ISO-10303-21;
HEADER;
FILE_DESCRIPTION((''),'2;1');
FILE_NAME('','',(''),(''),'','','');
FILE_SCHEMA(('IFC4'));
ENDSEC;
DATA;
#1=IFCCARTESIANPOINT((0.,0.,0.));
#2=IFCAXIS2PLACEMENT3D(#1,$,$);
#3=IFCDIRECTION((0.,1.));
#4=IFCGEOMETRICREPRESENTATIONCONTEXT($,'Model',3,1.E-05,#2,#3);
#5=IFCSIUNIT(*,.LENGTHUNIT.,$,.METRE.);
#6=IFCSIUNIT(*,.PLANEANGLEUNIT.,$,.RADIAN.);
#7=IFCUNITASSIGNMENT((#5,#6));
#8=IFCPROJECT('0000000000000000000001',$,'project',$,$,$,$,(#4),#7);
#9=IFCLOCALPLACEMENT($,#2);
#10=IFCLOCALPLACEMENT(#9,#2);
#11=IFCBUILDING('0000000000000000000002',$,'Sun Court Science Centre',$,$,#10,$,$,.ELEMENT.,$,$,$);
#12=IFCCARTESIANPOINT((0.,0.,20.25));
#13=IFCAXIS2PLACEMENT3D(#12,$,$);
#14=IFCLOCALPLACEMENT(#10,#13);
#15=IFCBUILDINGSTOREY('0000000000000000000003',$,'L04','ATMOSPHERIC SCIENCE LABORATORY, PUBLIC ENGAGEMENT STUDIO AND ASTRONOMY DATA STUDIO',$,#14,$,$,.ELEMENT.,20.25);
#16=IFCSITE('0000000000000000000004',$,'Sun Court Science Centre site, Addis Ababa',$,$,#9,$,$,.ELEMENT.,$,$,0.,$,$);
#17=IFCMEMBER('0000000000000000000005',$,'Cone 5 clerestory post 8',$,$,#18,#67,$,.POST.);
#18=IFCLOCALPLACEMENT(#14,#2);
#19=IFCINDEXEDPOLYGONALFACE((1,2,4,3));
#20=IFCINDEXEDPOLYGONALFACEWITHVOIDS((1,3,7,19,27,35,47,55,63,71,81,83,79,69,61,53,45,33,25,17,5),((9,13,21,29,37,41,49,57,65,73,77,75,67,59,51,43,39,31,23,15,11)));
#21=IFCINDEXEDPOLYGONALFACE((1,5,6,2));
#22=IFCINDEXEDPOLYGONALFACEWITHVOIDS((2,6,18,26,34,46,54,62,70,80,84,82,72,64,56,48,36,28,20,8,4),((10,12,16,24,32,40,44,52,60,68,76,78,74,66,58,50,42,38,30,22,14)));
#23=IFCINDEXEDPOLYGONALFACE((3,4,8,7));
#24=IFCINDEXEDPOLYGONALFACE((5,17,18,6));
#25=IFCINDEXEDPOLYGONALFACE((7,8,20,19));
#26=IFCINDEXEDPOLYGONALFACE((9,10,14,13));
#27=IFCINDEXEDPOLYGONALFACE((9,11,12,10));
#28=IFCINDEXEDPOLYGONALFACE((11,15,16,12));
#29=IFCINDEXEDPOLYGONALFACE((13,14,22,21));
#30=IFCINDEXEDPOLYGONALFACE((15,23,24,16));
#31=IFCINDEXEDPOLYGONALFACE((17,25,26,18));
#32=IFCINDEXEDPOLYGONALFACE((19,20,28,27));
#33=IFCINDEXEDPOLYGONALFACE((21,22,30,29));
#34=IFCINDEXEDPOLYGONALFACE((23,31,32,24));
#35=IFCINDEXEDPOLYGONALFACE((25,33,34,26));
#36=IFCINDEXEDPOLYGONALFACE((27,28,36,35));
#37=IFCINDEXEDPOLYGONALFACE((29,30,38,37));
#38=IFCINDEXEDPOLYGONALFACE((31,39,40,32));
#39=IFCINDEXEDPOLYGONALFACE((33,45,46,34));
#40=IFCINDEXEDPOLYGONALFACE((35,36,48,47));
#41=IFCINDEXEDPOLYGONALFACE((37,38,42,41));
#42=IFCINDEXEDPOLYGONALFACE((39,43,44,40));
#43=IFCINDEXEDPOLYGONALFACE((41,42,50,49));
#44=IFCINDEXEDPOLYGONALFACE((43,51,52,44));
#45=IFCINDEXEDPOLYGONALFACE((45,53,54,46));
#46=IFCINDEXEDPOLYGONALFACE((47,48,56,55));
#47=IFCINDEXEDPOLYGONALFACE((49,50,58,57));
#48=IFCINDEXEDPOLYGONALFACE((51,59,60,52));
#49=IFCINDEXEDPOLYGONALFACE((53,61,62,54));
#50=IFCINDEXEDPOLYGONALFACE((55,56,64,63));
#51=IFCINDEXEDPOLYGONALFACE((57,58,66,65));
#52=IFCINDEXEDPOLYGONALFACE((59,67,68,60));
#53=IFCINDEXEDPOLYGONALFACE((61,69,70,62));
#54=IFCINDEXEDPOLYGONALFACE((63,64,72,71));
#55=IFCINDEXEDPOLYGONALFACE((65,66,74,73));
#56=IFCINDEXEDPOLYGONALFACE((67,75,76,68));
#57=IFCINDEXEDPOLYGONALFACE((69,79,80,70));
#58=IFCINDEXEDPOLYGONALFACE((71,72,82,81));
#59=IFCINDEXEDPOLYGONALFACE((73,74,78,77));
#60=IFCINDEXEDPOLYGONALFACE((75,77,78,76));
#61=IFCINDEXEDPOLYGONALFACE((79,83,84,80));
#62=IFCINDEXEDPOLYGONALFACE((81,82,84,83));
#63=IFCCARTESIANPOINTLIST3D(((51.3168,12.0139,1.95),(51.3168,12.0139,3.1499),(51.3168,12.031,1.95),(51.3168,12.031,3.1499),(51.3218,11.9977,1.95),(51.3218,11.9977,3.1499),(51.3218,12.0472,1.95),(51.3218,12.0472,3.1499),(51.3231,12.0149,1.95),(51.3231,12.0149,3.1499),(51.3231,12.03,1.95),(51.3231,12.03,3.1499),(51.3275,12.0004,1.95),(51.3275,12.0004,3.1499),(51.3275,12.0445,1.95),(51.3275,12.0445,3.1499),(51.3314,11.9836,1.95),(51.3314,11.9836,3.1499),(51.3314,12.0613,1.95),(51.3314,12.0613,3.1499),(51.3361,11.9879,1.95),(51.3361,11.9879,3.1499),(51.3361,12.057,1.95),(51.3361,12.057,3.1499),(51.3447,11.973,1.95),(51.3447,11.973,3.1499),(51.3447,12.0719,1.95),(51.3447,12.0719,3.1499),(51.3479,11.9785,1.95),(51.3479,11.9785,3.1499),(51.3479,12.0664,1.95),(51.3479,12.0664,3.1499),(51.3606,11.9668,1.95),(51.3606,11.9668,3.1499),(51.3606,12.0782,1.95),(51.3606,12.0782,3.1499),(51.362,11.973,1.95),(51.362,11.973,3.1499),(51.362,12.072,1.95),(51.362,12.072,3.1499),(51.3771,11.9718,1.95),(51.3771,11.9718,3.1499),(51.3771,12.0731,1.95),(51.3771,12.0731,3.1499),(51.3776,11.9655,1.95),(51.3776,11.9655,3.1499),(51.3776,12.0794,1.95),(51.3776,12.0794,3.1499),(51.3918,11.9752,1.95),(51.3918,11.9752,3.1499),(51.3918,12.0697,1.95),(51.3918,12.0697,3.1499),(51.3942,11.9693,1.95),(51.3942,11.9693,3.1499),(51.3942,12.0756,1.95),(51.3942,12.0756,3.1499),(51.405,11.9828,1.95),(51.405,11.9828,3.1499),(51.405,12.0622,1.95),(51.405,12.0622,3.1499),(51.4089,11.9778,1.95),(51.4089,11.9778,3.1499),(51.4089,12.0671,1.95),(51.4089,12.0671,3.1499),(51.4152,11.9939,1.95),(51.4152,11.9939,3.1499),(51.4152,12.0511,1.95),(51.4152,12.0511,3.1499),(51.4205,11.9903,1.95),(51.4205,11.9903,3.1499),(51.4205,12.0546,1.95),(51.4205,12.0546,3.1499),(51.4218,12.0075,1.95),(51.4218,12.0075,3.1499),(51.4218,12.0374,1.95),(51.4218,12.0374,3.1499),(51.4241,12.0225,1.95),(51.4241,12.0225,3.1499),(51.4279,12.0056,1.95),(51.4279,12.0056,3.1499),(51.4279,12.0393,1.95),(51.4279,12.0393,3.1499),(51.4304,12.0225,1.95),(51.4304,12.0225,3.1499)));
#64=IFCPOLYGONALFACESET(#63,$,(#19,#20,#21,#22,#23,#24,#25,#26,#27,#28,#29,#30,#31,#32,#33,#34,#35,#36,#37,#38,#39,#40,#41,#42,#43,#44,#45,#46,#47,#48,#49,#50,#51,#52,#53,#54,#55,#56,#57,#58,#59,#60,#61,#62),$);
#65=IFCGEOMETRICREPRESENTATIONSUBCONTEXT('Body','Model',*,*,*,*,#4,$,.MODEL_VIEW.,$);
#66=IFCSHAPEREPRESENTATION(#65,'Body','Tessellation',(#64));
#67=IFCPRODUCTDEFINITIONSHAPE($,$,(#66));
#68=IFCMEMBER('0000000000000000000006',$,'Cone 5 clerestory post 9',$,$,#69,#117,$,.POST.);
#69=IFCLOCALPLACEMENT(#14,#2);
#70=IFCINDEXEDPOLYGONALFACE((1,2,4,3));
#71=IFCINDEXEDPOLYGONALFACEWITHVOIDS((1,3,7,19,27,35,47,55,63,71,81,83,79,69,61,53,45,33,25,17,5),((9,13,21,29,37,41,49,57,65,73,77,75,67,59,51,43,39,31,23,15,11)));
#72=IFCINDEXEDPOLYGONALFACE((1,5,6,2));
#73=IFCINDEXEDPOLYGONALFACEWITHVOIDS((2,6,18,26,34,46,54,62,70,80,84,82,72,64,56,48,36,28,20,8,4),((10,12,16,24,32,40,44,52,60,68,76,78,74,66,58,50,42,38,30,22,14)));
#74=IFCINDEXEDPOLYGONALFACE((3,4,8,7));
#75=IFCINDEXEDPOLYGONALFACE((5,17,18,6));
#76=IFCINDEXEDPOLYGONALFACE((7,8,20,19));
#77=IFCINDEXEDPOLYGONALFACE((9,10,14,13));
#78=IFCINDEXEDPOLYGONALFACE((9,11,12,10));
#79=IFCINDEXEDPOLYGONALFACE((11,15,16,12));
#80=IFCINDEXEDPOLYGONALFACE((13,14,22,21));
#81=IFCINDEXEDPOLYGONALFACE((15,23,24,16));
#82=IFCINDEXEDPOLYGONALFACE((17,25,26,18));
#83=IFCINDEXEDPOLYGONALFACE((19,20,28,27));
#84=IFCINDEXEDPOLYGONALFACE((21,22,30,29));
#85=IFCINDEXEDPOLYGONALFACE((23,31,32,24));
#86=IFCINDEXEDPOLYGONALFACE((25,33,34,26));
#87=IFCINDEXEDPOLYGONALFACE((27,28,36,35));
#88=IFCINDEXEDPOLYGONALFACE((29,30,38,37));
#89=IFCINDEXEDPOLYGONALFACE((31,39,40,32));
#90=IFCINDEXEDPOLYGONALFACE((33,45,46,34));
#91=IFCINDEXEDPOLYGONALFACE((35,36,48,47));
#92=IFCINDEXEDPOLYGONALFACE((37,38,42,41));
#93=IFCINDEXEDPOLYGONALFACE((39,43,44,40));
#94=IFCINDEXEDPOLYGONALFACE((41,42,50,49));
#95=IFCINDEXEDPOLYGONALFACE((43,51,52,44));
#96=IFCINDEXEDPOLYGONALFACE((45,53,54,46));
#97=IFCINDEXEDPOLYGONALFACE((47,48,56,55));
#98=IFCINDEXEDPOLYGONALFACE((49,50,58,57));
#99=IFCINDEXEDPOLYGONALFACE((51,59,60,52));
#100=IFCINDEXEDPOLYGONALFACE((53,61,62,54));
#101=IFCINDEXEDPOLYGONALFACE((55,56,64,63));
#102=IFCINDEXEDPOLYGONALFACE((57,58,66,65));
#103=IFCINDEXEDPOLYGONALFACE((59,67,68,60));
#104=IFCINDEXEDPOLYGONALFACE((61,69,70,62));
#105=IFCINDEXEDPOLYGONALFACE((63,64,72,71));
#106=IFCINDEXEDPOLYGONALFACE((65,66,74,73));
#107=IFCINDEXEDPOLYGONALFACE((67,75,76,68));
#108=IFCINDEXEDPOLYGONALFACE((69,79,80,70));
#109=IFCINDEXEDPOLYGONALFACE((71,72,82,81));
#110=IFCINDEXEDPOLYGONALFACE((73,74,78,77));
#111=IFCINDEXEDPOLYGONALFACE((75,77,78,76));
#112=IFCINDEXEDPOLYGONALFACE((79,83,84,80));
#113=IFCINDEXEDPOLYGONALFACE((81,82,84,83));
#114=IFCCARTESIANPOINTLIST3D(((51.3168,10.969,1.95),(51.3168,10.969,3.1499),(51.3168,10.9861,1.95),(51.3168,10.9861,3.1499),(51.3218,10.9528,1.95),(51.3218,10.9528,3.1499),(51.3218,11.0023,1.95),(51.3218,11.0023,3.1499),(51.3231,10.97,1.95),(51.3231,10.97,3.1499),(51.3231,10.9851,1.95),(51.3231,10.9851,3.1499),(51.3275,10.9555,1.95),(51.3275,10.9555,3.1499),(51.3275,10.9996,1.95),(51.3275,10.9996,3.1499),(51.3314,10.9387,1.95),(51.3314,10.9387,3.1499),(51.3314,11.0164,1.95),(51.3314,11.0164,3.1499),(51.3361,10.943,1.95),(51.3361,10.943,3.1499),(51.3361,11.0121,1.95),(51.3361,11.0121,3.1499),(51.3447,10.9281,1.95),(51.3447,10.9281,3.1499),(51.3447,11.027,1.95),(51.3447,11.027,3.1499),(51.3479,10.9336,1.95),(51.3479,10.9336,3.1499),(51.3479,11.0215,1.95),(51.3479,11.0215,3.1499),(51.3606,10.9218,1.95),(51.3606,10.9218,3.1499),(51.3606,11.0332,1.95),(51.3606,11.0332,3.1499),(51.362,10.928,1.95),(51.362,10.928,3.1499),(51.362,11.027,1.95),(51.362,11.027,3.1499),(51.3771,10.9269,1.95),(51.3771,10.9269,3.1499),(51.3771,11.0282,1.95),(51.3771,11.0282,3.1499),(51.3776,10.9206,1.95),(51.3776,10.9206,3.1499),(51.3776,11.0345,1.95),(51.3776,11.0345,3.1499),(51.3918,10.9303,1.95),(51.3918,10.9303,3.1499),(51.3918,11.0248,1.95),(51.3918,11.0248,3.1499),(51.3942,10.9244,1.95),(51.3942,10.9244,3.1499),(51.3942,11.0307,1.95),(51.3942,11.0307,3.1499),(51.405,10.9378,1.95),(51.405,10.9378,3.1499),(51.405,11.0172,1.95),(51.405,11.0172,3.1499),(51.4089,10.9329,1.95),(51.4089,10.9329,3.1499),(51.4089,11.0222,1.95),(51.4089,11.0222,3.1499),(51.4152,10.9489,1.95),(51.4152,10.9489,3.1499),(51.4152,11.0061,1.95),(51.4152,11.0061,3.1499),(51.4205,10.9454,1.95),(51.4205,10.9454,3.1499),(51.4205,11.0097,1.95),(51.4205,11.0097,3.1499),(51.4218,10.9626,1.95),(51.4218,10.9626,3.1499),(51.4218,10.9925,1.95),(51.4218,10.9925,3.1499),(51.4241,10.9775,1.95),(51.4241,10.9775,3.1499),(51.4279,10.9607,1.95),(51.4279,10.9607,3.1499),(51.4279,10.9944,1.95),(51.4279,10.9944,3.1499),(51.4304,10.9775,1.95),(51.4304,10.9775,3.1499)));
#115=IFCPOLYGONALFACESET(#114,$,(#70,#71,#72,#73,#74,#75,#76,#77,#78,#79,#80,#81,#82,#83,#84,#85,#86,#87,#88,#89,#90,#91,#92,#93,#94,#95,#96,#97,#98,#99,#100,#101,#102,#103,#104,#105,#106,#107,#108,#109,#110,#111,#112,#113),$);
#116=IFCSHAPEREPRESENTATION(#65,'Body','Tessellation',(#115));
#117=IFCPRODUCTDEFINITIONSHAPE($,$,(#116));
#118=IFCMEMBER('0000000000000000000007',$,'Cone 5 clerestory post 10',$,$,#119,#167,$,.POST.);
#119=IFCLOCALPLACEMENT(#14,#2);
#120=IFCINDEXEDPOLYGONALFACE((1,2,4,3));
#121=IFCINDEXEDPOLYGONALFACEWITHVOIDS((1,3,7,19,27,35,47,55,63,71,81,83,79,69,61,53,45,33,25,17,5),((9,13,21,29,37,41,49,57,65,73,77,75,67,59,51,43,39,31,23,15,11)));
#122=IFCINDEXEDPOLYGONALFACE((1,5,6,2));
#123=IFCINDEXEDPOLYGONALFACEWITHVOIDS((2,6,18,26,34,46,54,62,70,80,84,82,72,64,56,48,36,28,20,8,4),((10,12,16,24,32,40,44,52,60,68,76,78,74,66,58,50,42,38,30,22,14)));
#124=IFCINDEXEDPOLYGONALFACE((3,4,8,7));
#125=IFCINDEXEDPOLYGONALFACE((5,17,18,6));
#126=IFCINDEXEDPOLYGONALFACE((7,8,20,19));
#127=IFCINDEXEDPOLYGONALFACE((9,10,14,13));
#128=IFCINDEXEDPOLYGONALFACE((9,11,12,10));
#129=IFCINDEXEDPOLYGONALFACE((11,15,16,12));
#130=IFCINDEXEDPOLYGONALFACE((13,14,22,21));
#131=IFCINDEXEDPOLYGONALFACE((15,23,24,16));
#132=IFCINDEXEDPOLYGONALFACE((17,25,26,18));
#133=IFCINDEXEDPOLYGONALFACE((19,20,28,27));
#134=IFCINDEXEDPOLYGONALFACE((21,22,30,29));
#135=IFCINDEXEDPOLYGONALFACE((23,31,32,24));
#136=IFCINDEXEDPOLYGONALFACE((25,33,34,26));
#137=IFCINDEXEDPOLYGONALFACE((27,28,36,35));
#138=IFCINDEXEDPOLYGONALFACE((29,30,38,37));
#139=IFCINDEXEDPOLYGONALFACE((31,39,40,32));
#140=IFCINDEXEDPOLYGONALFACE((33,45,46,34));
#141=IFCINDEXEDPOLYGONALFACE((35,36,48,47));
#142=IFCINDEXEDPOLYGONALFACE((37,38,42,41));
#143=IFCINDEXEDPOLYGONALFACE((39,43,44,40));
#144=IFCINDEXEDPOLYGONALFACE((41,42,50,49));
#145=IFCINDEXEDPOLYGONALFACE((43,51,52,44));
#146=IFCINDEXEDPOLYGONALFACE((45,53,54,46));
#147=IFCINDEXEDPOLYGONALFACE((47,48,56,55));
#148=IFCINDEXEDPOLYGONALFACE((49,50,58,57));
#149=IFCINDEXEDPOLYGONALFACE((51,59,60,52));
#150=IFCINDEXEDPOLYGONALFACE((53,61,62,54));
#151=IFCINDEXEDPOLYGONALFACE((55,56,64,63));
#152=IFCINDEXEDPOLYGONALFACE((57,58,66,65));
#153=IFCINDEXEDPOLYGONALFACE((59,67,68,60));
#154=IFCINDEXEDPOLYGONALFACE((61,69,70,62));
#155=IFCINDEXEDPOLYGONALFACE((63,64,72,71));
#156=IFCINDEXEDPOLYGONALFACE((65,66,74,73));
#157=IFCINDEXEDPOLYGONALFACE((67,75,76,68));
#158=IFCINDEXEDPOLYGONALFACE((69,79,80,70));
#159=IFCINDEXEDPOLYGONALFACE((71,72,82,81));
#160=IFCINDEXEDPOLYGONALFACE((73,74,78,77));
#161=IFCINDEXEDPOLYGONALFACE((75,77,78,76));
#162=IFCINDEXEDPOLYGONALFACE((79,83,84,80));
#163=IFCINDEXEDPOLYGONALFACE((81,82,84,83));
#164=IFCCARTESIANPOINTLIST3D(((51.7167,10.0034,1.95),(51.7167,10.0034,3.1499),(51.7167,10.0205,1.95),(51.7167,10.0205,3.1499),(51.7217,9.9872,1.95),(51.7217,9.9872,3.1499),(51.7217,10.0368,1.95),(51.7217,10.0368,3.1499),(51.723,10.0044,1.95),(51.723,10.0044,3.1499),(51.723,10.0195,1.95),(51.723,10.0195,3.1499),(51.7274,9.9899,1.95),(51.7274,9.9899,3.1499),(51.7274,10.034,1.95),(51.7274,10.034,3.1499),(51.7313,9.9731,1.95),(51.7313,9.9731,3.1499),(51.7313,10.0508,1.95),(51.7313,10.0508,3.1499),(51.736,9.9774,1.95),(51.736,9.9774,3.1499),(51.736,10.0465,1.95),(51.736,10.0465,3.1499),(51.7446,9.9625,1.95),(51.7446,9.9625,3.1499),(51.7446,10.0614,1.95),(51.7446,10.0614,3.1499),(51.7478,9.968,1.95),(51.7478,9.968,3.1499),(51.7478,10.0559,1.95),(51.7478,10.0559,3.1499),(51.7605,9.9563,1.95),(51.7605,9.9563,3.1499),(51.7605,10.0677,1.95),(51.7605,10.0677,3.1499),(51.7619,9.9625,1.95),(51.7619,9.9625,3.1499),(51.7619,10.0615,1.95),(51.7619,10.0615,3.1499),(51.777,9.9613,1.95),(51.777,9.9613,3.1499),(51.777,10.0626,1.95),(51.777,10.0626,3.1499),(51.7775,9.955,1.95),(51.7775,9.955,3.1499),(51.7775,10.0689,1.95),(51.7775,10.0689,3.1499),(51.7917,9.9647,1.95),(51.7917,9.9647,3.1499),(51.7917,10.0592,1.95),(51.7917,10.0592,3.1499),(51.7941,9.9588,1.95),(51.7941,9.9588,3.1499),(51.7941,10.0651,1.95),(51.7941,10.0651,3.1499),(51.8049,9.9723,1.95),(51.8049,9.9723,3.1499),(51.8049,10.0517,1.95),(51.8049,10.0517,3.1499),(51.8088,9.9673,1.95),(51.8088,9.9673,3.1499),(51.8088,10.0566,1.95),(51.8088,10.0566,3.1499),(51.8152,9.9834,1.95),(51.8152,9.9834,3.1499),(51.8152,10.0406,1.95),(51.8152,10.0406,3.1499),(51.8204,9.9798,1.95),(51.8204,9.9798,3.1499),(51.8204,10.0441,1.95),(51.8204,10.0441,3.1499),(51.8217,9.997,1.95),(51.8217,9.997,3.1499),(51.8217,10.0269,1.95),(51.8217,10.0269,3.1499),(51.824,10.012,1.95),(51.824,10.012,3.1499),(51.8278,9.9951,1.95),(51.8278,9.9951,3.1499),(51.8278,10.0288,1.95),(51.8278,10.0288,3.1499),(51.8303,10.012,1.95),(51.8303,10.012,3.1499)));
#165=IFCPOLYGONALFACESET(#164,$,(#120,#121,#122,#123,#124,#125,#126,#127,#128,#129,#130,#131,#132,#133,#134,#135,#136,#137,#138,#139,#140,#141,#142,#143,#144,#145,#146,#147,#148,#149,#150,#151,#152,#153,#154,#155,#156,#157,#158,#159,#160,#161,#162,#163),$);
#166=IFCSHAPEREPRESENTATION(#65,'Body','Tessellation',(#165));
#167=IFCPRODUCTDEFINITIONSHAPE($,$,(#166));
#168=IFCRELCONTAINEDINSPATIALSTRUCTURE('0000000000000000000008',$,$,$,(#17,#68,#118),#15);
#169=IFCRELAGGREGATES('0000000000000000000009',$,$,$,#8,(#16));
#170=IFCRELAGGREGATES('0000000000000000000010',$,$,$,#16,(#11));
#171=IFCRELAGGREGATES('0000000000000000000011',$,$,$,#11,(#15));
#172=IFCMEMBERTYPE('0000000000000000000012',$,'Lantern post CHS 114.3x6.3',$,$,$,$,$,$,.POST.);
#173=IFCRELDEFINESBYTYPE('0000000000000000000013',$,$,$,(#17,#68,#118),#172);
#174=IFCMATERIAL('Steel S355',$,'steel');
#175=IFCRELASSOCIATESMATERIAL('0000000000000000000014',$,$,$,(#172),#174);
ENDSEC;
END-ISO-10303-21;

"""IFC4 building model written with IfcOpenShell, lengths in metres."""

from ifc_helpers import new_model, si_unit, direction, frame, origin, origin_2d, place, context, subcontext, project, spatial, hollow_circle, extrude, material, material_profile, profile_set, type_object, element, save


model = new_model("IFC4")

# Units and contexts
model_context = context("Model", 3, precision=1e-05, world=origin(), true_north=direction((0.0, 1.0)))
body_context = subcontext(model_context, "Body", "Model", "MODEL_VIEW")
ifc_project = project(units=[si_unit("LENGTHUNIT", "METRE"), si_unit("PLANEANGLEUNIT", "RADIAN")], contexts=[model_context])

# Site, building, storey
site_placement = place(None, origin())
site = spatial("IfcSite", under=ifc_project, at=site_placement, Name="Sun Court Science Centre site, Addis Ababa", CompositionType="ELEMENT", RefElevation=0.0)
building_placement = place(site_placement, origin())
building = spatial("IfcBuilding", under=site, at=building_placement, Name="Sun Court Science Centre", CompositionType="ELEMENT")
storey_placement = place(building_placement, frame((0.0, 0.0, 20.25)))
storey = spatial("IfcBuildingStorey", under=building, at=storey_placement, Name="L04", Description="ATMOSPHERIC SCIENCE LABORATORY, PUBLIC ENGAGEMENT STUDIO AND ASTRONOMY DATA STUDIO", CompositionType="ELEMENT", Elevation=20.25)

# Members
ifc_material_1 = material(Name="Steel S355", Category="steel")
ifc_material_profile_1 = material_profile(ifc_material_1, hollow_circle(Radius=0.0571, WallThickness=0.0063, at=origin_2d()), Name="CHS 114.3x6.3")
ifc_profile_set_1 = profile_set([ifc_material_profile_1], Name="Steel S355")
member_type_1 = type_object("IfcMemberType", Name="Lantern post CHS 114.3x6.3", PredefinedType="POST", material=ifc_profile_set_1)
for number, where, z_axis, x_axis, name in (
    (1, (51.3733, 12.0225, 1.95), (0.0, 0.0, 1.0), (1.0, 0.0, 0.0), "Cone 5 clerestory post 8"),
    (2, (51.3733, 10.9775, 1.95), (0.0, 0.0, 1.0), (1.0, 0.0, 0.0), "Cone 5 clerestory post 9"),
    (3, (51.7732, 10.012, 1.95), (0.0, 0.0, 1.0), (1.0, 0.0, 0.0), "Cone 5 clerestory post 10"),
):
    element("IfcMember", number, at=place(storey_placement, frame(where, z_axis=z_axis, x_axis=x_axis)), inside=storey, type_object=member_type_1, Name=name, PredefinedType="POST", context=body_context, shape_type="SweptSolid", body=[
        extrude(hollow_circle(Radius=0.0571, WallThickness=0.0063, at=origin_2d()), origin(), (0.0, 0.0, 1.0), 1.2),
    ])

save(model, "model.ifc")
